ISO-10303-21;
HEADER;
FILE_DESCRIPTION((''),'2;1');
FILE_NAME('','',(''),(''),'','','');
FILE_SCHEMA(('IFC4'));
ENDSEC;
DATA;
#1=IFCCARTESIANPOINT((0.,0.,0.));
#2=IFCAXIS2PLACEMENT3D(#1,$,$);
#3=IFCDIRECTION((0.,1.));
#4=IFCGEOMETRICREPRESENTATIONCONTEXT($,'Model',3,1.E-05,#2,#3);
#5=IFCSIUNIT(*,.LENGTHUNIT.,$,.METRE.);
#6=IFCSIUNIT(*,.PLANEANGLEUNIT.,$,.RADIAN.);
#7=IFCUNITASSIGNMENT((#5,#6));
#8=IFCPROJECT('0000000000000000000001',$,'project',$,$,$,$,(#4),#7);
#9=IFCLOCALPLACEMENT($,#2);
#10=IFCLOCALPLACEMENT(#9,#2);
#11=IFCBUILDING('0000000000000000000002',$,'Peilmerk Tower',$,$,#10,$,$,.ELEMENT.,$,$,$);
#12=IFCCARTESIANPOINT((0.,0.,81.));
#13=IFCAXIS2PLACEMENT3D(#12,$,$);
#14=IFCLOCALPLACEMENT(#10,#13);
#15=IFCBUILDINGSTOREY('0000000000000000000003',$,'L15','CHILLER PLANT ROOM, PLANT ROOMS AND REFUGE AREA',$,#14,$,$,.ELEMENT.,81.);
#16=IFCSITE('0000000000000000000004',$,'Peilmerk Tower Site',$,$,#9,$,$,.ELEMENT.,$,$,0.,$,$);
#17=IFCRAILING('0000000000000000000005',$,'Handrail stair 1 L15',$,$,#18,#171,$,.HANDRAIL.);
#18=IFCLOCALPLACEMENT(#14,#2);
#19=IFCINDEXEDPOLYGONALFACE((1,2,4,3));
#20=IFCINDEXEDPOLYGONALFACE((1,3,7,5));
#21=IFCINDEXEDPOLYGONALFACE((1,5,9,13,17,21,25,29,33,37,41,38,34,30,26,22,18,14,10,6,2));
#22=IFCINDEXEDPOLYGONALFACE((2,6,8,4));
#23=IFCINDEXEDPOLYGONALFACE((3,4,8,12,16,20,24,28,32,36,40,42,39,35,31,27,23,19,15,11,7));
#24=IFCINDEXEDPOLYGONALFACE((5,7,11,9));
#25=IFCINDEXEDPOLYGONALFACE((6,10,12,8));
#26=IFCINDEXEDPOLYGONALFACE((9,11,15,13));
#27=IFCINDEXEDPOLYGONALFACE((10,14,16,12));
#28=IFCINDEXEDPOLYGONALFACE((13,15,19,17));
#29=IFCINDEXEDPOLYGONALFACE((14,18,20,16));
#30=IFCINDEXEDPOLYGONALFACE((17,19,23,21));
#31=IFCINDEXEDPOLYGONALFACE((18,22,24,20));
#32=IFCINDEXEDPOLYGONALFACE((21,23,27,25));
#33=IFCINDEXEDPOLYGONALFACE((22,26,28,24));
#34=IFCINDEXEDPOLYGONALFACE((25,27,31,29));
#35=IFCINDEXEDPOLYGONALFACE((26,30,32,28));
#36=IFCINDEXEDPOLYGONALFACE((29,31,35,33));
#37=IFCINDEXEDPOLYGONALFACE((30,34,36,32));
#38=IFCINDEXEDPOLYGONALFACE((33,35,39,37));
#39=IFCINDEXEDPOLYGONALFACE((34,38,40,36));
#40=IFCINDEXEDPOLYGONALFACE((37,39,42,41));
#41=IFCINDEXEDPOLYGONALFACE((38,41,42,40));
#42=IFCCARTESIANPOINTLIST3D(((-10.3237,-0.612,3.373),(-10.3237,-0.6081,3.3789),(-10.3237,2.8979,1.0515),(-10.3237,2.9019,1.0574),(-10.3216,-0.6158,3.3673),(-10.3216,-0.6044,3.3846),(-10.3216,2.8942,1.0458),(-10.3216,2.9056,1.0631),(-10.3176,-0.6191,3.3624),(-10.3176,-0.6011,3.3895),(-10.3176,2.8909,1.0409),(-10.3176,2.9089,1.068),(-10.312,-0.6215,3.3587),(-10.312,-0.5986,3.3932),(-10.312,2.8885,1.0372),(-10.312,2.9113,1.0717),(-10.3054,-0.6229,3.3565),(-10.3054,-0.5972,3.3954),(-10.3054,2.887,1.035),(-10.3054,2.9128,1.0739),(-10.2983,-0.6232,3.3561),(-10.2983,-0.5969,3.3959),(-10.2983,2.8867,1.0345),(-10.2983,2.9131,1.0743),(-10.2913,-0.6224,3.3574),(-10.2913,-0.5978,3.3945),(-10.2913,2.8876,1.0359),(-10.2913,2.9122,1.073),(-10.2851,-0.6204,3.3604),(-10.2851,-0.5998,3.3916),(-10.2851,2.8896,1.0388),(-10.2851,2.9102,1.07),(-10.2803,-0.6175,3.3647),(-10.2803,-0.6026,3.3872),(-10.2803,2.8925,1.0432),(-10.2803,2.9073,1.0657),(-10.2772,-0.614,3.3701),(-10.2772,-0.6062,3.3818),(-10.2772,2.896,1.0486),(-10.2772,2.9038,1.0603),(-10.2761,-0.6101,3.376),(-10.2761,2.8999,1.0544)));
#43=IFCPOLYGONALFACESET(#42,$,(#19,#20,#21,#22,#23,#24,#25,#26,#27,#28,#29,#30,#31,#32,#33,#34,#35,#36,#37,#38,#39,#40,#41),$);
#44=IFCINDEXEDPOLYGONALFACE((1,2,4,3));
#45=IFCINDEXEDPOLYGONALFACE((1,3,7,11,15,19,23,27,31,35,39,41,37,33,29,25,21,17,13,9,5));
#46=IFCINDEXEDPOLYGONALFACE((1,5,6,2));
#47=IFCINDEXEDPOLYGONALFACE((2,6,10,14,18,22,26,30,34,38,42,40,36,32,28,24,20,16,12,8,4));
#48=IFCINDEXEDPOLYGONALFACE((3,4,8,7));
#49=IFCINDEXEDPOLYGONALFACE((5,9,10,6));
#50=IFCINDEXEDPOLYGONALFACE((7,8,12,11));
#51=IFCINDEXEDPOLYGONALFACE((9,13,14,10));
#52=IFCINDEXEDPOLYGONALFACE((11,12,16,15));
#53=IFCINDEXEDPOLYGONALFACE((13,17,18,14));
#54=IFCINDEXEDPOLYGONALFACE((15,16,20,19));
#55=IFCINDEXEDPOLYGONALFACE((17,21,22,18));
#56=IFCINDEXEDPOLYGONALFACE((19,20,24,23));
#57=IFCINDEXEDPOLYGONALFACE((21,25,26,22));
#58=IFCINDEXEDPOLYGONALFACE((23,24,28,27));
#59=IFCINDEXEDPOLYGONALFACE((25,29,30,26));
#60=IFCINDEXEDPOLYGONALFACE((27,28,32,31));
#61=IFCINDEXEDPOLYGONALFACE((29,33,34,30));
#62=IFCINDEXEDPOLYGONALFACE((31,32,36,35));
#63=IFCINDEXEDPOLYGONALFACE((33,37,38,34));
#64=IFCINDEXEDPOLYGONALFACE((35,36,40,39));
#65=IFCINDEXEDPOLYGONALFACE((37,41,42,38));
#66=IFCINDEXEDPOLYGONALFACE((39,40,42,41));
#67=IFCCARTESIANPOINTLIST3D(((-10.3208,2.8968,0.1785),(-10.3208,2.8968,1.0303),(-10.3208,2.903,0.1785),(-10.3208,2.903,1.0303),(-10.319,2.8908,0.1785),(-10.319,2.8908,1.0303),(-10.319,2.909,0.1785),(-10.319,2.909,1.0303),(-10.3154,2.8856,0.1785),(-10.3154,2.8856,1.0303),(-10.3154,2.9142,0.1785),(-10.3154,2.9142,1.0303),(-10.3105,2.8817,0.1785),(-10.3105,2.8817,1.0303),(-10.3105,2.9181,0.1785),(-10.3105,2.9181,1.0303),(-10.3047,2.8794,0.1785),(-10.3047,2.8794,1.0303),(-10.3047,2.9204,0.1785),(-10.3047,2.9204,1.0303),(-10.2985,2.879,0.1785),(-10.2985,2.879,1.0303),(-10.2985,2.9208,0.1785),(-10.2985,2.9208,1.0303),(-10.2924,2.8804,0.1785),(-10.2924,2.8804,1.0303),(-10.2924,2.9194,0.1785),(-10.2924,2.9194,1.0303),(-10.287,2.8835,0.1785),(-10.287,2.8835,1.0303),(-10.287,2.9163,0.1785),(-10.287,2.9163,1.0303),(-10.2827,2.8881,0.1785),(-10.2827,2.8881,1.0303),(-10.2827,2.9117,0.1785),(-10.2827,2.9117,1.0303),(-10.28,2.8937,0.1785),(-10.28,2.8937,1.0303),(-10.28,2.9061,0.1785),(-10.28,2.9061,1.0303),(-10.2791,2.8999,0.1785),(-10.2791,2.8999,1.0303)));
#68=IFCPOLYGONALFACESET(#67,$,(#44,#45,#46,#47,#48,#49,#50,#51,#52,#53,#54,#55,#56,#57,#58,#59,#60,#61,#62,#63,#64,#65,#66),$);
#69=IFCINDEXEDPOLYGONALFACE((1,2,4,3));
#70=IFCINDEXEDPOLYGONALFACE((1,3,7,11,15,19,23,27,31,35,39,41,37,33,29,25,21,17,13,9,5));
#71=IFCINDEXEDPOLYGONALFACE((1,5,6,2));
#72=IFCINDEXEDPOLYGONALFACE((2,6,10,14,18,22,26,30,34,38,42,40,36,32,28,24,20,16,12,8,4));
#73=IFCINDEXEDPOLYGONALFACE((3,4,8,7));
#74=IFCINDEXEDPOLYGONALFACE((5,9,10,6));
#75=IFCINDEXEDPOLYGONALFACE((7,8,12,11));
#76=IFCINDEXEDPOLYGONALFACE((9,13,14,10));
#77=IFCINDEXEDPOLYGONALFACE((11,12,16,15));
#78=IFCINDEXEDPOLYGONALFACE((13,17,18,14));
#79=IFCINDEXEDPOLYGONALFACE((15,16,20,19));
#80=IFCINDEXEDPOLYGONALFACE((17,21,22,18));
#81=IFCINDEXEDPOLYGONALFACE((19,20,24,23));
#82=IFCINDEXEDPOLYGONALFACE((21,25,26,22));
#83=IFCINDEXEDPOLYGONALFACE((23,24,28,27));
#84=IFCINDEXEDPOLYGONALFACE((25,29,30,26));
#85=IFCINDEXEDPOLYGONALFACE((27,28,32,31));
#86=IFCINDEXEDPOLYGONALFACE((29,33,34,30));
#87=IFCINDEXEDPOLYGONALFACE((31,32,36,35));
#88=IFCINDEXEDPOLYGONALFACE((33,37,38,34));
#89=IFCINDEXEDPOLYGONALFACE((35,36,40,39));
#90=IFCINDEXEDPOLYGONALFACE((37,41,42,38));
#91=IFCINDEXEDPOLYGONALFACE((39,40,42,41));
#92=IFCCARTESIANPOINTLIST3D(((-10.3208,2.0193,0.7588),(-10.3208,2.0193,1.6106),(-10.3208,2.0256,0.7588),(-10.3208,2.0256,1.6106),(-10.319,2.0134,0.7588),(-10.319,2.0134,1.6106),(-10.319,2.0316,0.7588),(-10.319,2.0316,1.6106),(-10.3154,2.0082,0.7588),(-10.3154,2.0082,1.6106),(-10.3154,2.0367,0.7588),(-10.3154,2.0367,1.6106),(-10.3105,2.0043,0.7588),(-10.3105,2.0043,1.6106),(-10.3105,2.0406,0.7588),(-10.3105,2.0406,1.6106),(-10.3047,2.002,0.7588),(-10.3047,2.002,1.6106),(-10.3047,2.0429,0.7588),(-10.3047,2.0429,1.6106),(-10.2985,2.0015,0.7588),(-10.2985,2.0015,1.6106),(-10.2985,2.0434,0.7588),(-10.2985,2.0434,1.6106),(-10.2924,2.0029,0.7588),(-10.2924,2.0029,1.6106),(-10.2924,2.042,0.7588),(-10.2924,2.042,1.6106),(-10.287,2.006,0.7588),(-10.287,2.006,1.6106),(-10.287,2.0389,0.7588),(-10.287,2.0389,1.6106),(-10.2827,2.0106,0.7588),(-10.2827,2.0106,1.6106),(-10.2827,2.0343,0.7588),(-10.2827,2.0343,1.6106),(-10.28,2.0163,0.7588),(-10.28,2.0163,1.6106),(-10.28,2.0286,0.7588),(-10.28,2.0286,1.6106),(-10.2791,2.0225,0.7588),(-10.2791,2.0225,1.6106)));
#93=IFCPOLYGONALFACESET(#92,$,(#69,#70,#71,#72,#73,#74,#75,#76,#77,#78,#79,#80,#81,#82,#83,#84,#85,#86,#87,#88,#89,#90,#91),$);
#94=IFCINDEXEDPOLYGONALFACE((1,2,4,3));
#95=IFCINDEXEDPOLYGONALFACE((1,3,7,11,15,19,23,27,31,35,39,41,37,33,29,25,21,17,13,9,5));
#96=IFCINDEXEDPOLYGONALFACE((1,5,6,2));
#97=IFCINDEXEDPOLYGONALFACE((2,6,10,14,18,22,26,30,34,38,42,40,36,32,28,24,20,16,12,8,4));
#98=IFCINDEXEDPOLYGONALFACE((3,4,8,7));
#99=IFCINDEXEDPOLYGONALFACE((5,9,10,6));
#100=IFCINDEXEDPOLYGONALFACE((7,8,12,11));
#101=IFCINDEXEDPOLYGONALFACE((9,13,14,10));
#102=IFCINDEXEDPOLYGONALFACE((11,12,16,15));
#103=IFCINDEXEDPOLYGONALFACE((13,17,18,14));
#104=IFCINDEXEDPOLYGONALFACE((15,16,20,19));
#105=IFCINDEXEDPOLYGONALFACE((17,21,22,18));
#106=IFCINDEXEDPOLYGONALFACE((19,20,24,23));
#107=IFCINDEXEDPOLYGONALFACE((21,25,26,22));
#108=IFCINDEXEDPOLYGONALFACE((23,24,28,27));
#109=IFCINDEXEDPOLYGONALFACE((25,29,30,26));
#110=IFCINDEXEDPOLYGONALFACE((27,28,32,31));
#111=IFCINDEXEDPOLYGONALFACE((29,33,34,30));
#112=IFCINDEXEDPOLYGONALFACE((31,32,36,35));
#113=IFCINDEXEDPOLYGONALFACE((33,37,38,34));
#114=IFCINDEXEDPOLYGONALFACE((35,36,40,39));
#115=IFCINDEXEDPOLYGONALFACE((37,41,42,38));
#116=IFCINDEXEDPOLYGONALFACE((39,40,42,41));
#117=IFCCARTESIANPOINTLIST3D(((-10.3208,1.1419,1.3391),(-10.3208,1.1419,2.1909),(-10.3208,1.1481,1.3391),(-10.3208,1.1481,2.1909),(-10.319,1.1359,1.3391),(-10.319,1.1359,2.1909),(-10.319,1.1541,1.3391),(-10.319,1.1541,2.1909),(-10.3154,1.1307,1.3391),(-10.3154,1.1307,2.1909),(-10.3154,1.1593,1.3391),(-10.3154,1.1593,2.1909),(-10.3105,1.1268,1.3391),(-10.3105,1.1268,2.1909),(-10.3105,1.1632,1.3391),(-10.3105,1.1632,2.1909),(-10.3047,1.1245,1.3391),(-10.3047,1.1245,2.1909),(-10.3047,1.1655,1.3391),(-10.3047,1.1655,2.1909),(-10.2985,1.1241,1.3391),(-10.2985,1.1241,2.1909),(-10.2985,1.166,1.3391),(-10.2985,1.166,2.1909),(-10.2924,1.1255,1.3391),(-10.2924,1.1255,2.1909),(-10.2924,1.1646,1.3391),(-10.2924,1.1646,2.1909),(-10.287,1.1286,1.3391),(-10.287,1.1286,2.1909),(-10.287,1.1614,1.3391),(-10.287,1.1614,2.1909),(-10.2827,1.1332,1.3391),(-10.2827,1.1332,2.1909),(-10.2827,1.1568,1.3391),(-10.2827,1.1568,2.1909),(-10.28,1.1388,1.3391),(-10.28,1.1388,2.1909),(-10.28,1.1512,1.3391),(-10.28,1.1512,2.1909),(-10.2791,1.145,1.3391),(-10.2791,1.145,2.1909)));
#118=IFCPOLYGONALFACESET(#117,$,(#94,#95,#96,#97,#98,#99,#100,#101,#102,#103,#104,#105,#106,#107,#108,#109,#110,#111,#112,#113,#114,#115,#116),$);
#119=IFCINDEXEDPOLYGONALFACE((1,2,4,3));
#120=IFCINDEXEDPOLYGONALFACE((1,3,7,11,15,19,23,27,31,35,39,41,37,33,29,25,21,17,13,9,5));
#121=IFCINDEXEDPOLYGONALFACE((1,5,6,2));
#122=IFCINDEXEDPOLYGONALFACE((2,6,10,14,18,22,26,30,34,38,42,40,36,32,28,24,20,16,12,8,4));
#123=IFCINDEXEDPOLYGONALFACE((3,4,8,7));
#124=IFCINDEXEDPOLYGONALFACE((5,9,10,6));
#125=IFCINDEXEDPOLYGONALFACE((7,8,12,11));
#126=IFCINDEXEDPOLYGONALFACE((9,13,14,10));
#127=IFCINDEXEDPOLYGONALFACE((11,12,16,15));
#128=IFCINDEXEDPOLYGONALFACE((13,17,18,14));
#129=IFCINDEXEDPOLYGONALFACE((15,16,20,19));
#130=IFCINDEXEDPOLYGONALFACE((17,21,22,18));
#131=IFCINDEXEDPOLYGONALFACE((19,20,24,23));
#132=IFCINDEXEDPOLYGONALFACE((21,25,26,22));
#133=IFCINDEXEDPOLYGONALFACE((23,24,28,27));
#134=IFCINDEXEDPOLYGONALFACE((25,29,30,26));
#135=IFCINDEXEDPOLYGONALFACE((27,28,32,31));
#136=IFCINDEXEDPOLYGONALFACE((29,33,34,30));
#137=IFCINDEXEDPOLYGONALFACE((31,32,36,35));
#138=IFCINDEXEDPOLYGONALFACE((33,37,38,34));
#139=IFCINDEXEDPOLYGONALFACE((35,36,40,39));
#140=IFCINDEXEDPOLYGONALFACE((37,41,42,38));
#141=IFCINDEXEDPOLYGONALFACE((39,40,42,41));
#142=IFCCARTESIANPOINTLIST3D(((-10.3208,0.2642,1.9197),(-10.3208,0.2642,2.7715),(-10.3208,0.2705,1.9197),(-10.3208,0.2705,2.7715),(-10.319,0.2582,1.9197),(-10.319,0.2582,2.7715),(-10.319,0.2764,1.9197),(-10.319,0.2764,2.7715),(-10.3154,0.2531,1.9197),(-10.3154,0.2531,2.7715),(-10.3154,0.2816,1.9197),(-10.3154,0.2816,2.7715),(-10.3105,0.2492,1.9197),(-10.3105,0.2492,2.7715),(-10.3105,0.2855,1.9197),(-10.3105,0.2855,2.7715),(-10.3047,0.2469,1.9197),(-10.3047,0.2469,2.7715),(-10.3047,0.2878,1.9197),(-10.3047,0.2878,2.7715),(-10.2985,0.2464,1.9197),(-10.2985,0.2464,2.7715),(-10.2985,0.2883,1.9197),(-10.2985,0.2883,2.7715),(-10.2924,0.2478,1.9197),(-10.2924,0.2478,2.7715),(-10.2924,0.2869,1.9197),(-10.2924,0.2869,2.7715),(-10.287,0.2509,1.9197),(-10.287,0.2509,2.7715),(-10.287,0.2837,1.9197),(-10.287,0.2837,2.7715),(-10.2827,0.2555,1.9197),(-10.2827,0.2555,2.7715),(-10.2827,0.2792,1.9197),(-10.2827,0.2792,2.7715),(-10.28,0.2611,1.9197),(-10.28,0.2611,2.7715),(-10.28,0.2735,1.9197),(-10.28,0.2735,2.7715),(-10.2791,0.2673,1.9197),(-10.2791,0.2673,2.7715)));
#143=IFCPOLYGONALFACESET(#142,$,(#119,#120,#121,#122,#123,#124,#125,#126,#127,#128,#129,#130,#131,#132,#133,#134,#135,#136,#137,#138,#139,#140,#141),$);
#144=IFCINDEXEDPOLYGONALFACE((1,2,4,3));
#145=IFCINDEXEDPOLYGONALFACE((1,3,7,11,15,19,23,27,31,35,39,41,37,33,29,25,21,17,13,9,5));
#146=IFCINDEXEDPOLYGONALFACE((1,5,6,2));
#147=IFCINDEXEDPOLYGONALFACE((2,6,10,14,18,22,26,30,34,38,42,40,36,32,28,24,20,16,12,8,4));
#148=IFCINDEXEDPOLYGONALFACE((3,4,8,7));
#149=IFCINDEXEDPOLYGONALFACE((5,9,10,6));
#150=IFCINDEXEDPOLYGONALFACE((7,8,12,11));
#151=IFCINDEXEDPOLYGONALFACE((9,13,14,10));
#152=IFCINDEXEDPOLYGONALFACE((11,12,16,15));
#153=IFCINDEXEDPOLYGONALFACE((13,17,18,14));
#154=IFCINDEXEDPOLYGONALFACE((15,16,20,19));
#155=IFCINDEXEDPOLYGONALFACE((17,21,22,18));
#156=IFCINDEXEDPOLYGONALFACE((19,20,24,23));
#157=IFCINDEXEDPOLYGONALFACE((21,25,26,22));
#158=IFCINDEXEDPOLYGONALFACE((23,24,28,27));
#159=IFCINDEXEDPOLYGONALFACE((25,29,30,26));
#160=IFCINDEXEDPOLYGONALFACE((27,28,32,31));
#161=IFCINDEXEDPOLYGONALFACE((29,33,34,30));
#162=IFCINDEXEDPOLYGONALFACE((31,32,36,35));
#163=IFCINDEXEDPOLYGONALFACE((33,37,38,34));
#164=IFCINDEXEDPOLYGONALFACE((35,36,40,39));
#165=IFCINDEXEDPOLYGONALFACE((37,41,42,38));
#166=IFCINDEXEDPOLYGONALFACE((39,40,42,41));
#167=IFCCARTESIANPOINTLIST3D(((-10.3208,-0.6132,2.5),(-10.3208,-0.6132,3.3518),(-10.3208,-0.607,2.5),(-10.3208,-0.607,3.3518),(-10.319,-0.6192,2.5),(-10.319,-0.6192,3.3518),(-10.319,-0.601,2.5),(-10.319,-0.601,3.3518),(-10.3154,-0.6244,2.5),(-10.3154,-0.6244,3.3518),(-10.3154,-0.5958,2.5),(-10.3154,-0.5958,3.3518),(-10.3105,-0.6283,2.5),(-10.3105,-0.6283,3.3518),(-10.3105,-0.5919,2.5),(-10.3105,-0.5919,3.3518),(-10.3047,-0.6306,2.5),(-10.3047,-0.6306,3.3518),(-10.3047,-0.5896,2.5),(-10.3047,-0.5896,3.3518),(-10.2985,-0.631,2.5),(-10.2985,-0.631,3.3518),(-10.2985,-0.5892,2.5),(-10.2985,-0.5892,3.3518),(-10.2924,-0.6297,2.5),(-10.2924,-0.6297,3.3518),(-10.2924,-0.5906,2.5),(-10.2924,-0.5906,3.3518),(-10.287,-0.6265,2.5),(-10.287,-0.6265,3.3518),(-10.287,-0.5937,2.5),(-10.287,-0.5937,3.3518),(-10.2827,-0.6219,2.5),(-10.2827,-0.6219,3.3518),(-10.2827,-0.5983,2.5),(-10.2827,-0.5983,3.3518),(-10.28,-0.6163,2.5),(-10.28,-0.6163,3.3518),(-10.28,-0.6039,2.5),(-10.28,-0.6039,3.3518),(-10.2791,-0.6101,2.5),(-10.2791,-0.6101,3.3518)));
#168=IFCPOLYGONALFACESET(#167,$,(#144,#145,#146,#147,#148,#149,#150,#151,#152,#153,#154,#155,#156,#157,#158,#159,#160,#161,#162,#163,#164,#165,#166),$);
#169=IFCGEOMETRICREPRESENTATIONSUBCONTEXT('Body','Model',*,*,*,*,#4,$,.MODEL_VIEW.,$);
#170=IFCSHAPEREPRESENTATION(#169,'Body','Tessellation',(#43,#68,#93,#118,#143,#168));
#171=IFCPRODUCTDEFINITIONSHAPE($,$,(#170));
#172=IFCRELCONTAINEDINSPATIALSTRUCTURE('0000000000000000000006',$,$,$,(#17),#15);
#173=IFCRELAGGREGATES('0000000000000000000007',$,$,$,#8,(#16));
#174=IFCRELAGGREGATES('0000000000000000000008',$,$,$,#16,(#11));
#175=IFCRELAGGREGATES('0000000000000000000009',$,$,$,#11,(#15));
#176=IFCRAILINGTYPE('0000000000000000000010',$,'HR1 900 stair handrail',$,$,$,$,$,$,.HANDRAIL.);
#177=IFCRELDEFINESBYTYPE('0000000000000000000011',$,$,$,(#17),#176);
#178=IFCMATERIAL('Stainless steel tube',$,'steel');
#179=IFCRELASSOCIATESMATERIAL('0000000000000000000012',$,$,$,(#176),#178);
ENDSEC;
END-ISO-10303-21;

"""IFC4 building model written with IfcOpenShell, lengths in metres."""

from ifc_helpers import new_model, si_unit, direction, frame, origin, origin_2d, place, context, subcontext, project, spatial, circle, extrude, material, type_object, element, save


model = new_model("IFC4")

# Units and contexts
model_context = context("Model", 3, precision=1e-05, world=origin(), true_north=direction((0.0, 1.0)))
body_context = subcontext(model_context, "Body", "Model", "MODEL_VIEW")
ifc_project = project(units=[si_unit("LENGTHUNIT", "METRE"), si_unit("PLANEANGLEUNIT", "RADIAN")], contexts=[model_context])

# Site, building, storey
site_placement = place(None, origin())
site = spatial("IfcSite", under=ifc_project, at=site_placement, Name="Peilmerk Tower Site", CompositionType="ELEMENT", RefElevation=0.0)
building_placement = place(site_placement, origin())
building = spatial("IfcBuilding", under=site, at=building_placement, Name="Peilmerk Tower", CompositionType="ELEMENT")
storey_placement = place(building_placement, frame((0.0, 0.0, 81.0)))
storey = spatial("IfcBuildingStorey", under=building, at=storey_placement, Name="L15", Description="CHILLER PLANT ROOM, PLANT ROOMS AND REFUGE AREA", CompositionType="ELEMENT", Elevation=81.0)

# Railing
ifc_material_1 = material(Name="Stainless steel tube", Category="steel")
railing_type_1 = type_object("IfcRailingType", Name="HR1 900 stair handrail", PredefinedType="HANDRAIL", material=ifc_material_1)
railing_1_placement = place(storey_placement, frame((-10.3, 2.8999, 0.1785)))
element("IfcRailing", 1, at=railing_1_placement, inside=storey, type_object=railing_type_1, Name="Handrail stair 1 L15", PredefinedType="HANDRAIL", context=body_context, shape_type="SweptSolid", body=[
    extrude(circle(Radius=0.0239, at=origin_2d()), frame((0.0, 0.0, 0.876), z_axis=(0.0, -0.834071, 0.551657), x_axis=(1.0, 0.0, 0.0)), (0.0, 0.0, 1.0), 4.2083),
    extrude(circle(Radius=0.021, at=origin_2d()), origin(), (0.0, 0.0, 1.0), 0.8518),
    extrude(circle(Radius=0.021, at=origin_2d()), frame((0.0, -0.8774, 0.5803)), (0.0, 0.0, 1.0), 0.8518),
    extrude(circle(Radius=0.021, at=origin_2d()), frame((0.0, -1.7549, 1.1606)), (0.0, 0.0, 1.0), 0.8518),
    extrude(circle(Radius=0.021, at=origin_2d()), frame((0.0, -2.6326, 1.7412)), (0.0, 0.0, 1.0), 0.8518),
    extrude(circle(Radius=0.021, at=origin_2d()), frame((0.0, -3.51, 2.3215)), (0.0, 0.0, 1.0), 0.8518),
])

save(model, "model.ifc")
